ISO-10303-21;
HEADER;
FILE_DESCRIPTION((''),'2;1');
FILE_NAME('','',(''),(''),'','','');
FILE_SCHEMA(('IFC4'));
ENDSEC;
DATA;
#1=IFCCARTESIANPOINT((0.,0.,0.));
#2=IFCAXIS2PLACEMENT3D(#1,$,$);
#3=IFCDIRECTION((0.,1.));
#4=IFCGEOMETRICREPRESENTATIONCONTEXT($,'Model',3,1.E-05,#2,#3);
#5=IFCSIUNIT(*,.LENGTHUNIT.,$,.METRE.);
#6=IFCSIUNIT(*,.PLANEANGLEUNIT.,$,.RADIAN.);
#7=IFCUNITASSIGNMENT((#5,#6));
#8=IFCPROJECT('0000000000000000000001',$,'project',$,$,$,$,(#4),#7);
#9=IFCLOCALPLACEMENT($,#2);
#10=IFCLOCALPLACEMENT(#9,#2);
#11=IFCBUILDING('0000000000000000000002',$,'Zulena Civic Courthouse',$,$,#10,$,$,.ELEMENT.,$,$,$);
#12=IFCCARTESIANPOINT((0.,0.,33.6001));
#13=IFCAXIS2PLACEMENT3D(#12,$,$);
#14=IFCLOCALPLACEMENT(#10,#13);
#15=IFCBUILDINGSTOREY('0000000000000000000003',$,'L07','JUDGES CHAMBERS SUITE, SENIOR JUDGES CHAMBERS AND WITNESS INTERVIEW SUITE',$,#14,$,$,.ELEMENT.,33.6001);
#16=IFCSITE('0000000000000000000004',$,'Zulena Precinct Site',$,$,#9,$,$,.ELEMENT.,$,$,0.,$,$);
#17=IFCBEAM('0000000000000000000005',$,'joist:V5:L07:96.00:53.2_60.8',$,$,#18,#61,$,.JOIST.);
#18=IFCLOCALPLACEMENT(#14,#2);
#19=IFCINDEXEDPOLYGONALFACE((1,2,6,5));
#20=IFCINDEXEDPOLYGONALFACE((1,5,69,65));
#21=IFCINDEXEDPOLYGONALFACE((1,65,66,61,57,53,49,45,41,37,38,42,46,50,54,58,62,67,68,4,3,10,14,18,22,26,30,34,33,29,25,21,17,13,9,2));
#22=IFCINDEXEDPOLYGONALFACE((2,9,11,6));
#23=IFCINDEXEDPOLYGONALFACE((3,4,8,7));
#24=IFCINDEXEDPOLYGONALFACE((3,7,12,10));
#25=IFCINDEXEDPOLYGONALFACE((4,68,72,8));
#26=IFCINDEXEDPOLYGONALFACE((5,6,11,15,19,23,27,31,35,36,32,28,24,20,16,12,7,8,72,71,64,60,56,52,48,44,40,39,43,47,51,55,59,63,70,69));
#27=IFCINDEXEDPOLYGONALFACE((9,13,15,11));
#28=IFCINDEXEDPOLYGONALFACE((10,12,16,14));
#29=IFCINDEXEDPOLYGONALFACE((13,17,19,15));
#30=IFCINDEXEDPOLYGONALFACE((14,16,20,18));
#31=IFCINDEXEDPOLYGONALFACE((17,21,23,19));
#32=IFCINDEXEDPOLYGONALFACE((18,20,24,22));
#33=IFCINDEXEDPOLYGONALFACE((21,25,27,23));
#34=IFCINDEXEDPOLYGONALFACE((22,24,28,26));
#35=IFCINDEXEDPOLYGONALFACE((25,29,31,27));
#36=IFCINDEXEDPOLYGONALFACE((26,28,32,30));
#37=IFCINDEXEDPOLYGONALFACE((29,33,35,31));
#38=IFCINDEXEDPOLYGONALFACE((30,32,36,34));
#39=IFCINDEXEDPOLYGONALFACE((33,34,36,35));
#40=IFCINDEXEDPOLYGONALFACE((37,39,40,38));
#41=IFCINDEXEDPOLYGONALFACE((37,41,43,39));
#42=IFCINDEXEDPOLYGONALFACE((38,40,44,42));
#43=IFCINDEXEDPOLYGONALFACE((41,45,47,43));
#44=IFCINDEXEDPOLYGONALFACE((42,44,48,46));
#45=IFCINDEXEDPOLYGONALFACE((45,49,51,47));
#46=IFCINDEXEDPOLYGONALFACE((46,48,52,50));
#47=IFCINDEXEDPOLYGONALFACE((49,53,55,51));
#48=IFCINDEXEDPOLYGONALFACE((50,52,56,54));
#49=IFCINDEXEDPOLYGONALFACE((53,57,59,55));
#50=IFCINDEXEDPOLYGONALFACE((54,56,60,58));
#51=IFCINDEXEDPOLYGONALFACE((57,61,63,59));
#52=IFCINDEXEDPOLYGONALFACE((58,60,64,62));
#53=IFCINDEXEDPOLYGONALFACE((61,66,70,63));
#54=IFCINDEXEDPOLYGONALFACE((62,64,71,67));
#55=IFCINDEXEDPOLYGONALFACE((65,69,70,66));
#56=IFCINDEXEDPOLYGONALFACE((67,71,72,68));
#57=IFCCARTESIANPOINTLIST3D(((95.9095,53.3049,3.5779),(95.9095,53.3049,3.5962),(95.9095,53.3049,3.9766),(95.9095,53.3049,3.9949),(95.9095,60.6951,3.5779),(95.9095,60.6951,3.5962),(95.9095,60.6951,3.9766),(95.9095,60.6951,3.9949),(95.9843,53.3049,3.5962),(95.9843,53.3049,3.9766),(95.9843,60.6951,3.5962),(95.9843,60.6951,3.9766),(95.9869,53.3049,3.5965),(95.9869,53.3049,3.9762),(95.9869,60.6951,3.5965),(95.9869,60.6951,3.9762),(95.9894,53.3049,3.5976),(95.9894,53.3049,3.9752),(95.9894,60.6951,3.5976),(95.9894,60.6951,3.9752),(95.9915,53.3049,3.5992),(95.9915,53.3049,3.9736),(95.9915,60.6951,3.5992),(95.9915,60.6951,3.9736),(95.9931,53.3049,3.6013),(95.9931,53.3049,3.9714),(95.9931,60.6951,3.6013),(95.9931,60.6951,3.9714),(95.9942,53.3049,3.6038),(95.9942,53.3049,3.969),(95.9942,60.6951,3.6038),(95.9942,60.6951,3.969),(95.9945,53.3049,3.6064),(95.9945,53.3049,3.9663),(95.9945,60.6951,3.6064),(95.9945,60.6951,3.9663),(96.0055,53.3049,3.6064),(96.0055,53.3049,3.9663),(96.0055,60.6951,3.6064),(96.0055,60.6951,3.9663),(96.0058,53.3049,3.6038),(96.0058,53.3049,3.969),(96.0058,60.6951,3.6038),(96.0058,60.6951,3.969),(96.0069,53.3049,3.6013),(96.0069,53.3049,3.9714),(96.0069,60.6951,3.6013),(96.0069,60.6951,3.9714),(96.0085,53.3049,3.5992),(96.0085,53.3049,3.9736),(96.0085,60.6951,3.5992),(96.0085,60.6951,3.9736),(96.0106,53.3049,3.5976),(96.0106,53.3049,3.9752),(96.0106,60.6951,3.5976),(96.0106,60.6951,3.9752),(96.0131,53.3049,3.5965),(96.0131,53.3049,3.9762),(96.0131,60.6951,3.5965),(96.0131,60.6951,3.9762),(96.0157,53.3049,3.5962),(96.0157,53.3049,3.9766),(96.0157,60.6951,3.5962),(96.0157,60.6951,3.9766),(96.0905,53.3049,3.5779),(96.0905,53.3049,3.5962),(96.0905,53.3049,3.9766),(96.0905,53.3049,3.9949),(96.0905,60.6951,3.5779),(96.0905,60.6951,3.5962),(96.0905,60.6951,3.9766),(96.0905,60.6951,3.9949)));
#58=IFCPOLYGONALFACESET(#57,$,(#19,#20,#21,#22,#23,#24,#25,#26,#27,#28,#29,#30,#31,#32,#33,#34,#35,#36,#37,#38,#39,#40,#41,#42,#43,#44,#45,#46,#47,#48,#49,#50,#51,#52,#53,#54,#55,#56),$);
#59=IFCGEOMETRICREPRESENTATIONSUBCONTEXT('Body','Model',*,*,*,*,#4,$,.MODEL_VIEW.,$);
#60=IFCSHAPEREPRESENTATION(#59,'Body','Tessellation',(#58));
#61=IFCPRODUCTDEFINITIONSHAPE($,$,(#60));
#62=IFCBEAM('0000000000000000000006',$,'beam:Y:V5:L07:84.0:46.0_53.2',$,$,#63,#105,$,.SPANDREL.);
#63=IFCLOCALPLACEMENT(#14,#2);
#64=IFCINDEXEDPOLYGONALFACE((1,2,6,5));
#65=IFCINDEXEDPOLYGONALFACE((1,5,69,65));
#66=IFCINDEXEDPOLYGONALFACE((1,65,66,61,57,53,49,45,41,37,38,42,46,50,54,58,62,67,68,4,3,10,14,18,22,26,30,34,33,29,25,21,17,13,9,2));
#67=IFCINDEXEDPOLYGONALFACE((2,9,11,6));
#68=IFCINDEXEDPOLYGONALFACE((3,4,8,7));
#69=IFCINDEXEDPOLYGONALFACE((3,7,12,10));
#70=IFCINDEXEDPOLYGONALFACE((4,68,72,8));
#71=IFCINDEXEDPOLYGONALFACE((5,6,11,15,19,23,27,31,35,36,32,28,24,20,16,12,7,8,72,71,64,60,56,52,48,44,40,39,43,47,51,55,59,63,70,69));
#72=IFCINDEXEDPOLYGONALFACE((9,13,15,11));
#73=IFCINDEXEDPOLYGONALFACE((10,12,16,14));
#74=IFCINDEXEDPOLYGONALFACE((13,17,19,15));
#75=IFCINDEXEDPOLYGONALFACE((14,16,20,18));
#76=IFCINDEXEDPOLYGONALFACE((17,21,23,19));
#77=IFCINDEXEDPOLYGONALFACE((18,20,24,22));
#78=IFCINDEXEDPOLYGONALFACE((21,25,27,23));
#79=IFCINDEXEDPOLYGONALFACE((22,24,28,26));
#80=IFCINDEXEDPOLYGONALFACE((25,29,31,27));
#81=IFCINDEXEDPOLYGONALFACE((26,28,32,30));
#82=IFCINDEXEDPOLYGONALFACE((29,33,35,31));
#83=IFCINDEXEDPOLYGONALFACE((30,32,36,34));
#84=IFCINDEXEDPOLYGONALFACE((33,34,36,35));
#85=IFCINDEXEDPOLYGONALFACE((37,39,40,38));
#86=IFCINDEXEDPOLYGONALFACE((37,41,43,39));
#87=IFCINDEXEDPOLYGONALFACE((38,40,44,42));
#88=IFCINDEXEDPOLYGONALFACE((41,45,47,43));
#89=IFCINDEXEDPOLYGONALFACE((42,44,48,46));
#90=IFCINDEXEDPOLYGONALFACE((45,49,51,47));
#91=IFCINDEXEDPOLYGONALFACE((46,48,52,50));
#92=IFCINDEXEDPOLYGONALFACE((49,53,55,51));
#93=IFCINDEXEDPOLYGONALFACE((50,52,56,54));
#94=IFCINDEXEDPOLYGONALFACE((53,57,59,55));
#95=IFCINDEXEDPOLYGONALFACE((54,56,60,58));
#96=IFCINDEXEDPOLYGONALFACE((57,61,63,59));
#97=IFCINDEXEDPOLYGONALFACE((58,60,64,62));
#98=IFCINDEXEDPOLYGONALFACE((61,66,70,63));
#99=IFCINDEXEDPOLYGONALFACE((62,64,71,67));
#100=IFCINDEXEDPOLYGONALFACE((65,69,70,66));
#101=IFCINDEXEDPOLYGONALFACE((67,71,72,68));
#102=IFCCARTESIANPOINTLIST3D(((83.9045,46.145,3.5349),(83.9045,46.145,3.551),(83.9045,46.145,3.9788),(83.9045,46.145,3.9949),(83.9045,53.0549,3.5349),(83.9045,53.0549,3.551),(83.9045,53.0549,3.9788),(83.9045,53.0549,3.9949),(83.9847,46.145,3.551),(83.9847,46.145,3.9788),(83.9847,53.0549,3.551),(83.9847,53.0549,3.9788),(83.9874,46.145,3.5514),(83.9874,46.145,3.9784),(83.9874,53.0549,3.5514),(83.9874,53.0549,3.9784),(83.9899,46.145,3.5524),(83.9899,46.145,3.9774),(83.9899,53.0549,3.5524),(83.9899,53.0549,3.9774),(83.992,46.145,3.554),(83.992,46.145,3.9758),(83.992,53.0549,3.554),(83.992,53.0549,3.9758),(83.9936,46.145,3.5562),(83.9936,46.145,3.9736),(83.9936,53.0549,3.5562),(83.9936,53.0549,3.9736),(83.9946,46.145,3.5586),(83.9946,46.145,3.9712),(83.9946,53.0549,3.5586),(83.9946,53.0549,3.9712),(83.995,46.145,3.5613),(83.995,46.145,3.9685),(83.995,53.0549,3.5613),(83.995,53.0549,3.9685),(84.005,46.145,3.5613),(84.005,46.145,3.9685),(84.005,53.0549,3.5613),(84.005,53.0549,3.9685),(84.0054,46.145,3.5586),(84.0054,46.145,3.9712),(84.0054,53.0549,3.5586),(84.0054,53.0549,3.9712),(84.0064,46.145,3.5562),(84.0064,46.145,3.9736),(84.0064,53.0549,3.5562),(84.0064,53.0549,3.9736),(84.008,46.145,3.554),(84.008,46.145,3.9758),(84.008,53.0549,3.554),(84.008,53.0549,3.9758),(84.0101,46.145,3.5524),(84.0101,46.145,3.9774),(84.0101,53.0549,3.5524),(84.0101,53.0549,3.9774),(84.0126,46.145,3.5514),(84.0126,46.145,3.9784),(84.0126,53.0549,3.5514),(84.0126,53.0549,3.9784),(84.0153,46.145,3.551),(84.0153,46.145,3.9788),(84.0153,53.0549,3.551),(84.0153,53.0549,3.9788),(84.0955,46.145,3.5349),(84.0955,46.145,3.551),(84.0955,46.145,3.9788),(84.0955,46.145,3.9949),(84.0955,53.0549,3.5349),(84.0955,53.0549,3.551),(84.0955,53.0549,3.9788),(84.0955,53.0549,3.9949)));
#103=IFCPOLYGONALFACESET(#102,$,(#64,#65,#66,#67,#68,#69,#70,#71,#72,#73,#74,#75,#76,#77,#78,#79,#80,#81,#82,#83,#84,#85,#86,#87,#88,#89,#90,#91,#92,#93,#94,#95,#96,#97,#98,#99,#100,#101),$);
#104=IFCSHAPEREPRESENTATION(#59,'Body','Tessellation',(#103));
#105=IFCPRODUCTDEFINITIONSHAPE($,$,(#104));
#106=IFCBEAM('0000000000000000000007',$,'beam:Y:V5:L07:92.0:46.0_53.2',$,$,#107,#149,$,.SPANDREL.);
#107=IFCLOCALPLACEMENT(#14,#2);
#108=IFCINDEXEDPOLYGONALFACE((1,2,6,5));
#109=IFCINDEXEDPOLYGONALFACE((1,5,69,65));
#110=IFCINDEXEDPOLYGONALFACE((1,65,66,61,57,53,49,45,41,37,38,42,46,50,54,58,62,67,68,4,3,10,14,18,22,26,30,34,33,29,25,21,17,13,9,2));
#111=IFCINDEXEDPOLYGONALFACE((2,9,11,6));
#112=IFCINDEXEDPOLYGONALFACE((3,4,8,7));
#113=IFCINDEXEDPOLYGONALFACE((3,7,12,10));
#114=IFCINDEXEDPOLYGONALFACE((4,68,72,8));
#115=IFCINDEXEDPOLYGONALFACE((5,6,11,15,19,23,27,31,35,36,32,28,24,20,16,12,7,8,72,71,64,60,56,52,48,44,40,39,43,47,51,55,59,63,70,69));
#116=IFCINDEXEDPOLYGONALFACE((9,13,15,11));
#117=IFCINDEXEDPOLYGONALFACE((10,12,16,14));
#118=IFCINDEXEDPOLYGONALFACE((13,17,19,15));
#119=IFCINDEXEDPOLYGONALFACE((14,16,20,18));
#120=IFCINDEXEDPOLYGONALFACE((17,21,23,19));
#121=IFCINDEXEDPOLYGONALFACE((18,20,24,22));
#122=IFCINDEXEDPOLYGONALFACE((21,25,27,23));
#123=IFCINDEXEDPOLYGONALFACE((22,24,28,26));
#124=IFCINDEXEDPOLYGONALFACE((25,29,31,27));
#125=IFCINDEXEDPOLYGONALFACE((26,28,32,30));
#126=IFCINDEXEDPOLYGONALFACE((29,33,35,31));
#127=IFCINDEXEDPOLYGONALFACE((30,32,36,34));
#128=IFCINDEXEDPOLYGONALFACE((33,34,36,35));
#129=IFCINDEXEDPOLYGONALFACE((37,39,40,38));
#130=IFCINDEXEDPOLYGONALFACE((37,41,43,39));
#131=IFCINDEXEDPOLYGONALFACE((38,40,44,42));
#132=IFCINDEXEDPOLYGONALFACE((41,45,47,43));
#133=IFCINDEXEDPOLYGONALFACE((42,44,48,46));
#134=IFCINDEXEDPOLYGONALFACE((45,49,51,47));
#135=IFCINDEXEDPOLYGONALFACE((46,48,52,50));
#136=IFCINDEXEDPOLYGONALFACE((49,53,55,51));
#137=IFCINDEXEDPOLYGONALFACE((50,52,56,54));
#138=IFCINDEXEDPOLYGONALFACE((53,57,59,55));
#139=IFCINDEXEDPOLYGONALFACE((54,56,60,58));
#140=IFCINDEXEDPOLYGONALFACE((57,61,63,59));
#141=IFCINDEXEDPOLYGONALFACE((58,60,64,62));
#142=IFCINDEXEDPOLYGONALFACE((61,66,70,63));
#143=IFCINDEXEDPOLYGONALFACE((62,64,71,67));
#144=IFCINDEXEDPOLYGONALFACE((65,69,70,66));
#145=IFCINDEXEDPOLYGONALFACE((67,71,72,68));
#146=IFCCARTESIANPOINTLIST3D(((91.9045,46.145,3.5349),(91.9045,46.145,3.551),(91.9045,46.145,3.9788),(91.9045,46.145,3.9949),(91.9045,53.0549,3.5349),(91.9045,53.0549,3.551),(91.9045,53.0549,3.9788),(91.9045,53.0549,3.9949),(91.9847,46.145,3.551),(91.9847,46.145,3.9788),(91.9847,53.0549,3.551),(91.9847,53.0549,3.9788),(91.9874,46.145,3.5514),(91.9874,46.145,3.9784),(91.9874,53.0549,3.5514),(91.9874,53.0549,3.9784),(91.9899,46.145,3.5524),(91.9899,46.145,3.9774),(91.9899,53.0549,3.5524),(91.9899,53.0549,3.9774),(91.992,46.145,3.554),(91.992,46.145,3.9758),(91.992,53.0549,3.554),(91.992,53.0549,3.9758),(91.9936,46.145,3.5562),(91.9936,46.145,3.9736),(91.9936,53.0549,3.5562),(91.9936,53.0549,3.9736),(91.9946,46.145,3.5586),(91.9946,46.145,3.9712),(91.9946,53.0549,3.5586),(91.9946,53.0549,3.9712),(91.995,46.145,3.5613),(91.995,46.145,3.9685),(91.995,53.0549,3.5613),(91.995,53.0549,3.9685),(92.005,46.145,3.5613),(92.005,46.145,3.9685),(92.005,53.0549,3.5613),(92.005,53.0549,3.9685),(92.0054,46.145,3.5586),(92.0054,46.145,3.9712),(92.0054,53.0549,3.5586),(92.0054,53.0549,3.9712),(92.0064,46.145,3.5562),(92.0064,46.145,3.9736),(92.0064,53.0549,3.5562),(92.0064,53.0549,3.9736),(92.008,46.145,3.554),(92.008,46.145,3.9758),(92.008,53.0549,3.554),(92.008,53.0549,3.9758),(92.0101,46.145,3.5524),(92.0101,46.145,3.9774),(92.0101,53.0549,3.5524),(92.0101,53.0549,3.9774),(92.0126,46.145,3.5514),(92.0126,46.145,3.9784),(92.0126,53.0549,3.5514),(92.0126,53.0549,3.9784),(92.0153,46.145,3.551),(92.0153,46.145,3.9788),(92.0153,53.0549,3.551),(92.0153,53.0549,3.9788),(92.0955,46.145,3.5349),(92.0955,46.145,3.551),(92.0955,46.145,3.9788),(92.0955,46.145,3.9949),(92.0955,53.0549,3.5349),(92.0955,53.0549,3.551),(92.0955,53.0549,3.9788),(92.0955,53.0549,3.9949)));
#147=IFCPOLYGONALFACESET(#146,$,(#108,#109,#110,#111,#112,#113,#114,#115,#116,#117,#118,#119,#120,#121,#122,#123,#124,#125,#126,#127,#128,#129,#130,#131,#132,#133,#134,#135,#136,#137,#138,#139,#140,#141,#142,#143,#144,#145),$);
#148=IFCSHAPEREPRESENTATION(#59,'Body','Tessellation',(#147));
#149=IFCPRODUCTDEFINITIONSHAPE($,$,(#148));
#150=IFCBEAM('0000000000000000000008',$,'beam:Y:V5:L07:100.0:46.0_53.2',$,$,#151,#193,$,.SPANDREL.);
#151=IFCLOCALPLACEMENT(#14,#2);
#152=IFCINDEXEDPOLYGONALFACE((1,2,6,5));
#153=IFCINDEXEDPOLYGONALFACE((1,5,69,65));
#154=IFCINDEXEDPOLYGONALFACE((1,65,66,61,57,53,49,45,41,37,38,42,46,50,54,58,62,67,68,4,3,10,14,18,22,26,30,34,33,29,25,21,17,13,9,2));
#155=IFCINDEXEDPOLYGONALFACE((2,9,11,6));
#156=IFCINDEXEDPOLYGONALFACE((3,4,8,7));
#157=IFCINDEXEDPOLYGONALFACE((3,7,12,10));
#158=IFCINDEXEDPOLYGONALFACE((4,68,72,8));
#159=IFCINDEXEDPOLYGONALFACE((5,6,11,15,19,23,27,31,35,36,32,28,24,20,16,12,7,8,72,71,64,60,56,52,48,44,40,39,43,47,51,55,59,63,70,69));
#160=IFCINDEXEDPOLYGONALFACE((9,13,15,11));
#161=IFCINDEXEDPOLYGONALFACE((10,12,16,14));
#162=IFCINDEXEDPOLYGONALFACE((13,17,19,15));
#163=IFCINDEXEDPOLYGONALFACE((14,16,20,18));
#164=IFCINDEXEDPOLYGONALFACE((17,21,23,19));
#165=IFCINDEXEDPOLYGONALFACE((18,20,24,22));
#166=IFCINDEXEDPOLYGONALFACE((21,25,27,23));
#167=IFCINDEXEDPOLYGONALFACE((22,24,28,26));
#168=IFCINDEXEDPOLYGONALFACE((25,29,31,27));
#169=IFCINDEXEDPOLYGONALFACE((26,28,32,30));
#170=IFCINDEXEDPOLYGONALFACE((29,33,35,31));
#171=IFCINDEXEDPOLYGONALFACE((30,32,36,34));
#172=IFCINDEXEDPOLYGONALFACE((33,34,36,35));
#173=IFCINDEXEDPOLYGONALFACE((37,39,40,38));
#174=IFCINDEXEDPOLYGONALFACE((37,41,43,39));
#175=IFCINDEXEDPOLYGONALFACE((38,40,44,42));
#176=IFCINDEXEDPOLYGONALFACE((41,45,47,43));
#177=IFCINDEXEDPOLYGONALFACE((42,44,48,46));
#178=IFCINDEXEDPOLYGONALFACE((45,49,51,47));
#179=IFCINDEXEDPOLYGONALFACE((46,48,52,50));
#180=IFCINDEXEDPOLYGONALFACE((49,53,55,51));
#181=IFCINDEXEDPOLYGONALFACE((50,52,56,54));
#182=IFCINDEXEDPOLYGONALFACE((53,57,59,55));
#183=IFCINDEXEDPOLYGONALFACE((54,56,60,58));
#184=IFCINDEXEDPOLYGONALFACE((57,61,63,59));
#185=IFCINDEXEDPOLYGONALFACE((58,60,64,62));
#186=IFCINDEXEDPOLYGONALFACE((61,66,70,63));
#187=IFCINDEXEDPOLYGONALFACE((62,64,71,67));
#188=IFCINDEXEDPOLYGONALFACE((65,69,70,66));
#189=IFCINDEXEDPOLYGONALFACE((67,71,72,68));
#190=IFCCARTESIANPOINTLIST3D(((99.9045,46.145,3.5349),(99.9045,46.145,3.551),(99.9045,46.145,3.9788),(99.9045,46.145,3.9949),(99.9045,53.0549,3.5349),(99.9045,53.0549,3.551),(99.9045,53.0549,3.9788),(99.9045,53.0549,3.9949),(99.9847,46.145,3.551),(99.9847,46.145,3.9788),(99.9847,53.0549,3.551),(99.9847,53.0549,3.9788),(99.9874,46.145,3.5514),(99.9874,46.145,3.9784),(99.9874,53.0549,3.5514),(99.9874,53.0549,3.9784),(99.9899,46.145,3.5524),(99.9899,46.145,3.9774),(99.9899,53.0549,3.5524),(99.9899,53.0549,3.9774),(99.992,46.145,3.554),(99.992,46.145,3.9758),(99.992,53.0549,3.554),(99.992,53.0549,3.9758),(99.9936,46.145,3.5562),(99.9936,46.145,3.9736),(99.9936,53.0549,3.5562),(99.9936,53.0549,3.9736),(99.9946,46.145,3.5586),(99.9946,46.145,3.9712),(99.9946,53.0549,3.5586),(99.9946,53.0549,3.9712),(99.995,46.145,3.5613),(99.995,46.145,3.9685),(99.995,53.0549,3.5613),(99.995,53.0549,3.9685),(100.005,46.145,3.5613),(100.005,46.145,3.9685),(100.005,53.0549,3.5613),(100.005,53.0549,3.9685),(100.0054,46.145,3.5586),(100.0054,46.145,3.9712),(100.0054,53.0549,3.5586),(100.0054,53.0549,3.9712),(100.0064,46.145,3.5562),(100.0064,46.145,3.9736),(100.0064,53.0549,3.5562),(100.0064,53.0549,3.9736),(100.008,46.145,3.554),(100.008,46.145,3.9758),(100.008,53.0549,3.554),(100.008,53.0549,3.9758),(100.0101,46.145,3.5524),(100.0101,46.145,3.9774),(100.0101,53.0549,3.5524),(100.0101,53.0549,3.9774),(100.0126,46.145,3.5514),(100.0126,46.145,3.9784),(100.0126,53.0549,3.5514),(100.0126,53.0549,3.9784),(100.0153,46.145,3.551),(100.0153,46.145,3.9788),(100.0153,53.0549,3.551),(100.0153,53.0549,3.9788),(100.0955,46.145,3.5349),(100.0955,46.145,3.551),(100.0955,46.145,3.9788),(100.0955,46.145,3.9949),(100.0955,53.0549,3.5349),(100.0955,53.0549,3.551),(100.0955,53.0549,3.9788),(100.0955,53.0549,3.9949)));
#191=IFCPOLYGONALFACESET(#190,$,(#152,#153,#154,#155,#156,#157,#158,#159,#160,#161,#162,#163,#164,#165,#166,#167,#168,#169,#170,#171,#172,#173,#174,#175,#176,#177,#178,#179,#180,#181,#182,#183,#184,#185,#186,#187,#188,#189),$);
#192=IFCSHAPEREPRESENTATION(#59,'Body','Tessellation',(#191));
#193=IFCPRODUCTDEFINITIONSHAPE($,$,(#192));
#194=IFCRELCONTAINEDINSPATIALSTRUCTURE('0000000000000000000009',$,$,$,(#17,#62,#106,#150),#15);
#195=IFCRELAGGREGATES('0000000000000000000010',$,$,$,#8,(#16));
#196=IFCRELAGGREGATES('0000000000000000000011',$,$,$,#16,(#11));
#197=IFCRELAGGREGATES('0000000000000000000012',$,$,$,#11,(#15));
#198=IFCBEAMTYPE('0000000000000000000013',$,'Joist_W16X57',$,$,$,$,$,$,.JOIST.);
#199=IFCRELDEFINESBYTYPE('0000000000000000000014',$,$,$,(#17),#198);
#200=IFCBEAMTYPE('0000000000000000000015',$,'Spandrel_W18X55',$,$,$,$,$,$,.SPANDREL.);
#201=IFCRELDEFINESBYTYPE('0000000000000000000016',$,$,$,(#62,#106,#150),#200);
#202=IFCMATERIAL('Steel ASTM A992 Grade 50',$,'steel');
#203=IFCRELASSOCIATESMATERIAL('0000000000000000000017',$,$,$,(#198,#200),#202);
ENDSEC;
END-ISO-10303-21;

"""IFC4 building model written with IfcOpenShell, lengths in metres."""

from ifc_helpers import new_model, si_unit, direction, frame, origin, origin_2d, place, context, subcontext, project, spatial, i_section, extrude, material, material_profile, profile_set, type_object, element, save


model = new_model("IFC4")

# Units and contexts
model_context = context("Model", 3, precision=1e-05, world=origin(), true_north=direction((0.0, 1.0)))
body_context = subcontext(model_context, "Body", "Model", "MODEL_VIEW")
ifc_project = project(units=[si_unit("LENGTHUNIT", "METRE"), si_unit("PLANEANGLEUNIT", "RADIAN")], contexts=[model_context])

# Site, building, storey
site_placement = place(None, origin())
site = spatial("IfcSite", under=ifc_project, at=site_placement, Name="Zulena Precinct Site", CompositionType="ELEMENT", RefElevation=0.0)
building_placement = place(site_placement, origin())
building = spatial("IfcBuilding", under=site, at=building_placement, Name="Zulena Civic Courthouse", CompositionType="ELEMENT")
storey_placement = place(building_placement, frame((0.0, 0.0, 33.6001)))
storey = spatial("IfcBuildingStorey", under=building, at=storey_placement, Name="L07", Description="JUDGES CHAMBERS SUITE, SENIOR JUDGES CHAMBERS AND WITNESS INTERVIEW SUITE", CompositionType="ELEMENT", Elevation=33.6001)

# Shared definitions
ifc_material_1 = material(Name="Steel ASTM A992 Grade 50", Category="steel")

# Beams
ifc_material_profile_1 = material_profile(ifc_material_1, i_section(OverallWidth=0.1809, OverallDepth=0.417, WebThickness=0.011, FlangeThickness=0.0183, FilletRadius=0.0103, at=origin_2d()), Name="W16X57")
ifc_profile_set_1 = profile_set([ifc_material_profile_1], Name="Steel ASTM A992 Grade 50")
beam_type_1 = type_object("IfcBeamType", Name="Joist_W16X57", PredefinedType="JOIST", material=ifc_profile_set_1)
beam_1_placement = place(storey_placement, frame((96.0, 53.3049, 3.7864), z_axis=(0.0, 1.0, 0.0), x_axis=(-1.0, 0.0, 0.0)))
element("IfcBeam", 1, at=beam_1_placement, inside=storey, type_object=beam_type_1, Name="joist:V5:L07:96.00:53.2_60.8", PredefinedType="JOIST", context=body_context, shape_type="SweptSolid", body=[
    extrude(i_section(OverallWidth=0.1809, OverallDepth=0.417, WebThickness=0.011, FlangeThickness=0.0183, FilletRadius=0.0103, at=origin_2d()), origin(), (0.0, 0.0, 1.0), 7.3901),
])
ifc_material_profile_2 = material_profile(ifc_material_1, i_section(OverallWidth=0.1909, OverallDepth=0.46, WebThickness=0.01, FlangeThickness=0.0161, FilletRadius=0.0103, at=origin_2d()), Name="W18X55")
ifc_profile_set_2 = profile_set([ifc_material_profile_2], Name="Steel ASTM A992 Grade 50")
beam_type_2 = type_object("IfcBeamType", Name="Spandrel_W18X55", PredefinedType="SPANDREL", material=ifc_profile_set_2)
for number, where, z_axis, x_axis, name in (
    (2, (84.0, 46.145, 3.7649), (0.0, 1.0, 0.0), (-1.0, 0.0, 0.0), "beam:Y:V5:L07:84.0:46.0_53.2"),
    (3, (92.0, 46.145, 3.7649), (0.0, 1.0, 0.0), (-1.0, 0.0, 0.0), "beam:Y:V5:L07:92.0:46.0_53.2"),
    (4, (100.0, 46.145, 3.7649), (0.0, 1.0, 0.0), (-1.0, 0.0, 0.0), "beam:Y:V5:L07:100.0:46.0_53.2"),
):
    element("IfcBeam", number, at=place(storey_placement, frame(where, z_axis=z_axis, x_axis=x_axis)), inside=storey, type_object=beam_type_2, Name=name, PredefinedType="SPANDREL", context=body_context, shape_type="SweptSolid", body=[
        extrude(i_section(OverallWidth=0.1909, OverallDepth=0.46, WebThickness=0.01, FlangeThickness=0.0161, FilletRadius=0.0103, at=origin_2d()), origin(), (0.0, 0.0, 1.0), 6.9099),
    ])

save(model, "model.ifc")
